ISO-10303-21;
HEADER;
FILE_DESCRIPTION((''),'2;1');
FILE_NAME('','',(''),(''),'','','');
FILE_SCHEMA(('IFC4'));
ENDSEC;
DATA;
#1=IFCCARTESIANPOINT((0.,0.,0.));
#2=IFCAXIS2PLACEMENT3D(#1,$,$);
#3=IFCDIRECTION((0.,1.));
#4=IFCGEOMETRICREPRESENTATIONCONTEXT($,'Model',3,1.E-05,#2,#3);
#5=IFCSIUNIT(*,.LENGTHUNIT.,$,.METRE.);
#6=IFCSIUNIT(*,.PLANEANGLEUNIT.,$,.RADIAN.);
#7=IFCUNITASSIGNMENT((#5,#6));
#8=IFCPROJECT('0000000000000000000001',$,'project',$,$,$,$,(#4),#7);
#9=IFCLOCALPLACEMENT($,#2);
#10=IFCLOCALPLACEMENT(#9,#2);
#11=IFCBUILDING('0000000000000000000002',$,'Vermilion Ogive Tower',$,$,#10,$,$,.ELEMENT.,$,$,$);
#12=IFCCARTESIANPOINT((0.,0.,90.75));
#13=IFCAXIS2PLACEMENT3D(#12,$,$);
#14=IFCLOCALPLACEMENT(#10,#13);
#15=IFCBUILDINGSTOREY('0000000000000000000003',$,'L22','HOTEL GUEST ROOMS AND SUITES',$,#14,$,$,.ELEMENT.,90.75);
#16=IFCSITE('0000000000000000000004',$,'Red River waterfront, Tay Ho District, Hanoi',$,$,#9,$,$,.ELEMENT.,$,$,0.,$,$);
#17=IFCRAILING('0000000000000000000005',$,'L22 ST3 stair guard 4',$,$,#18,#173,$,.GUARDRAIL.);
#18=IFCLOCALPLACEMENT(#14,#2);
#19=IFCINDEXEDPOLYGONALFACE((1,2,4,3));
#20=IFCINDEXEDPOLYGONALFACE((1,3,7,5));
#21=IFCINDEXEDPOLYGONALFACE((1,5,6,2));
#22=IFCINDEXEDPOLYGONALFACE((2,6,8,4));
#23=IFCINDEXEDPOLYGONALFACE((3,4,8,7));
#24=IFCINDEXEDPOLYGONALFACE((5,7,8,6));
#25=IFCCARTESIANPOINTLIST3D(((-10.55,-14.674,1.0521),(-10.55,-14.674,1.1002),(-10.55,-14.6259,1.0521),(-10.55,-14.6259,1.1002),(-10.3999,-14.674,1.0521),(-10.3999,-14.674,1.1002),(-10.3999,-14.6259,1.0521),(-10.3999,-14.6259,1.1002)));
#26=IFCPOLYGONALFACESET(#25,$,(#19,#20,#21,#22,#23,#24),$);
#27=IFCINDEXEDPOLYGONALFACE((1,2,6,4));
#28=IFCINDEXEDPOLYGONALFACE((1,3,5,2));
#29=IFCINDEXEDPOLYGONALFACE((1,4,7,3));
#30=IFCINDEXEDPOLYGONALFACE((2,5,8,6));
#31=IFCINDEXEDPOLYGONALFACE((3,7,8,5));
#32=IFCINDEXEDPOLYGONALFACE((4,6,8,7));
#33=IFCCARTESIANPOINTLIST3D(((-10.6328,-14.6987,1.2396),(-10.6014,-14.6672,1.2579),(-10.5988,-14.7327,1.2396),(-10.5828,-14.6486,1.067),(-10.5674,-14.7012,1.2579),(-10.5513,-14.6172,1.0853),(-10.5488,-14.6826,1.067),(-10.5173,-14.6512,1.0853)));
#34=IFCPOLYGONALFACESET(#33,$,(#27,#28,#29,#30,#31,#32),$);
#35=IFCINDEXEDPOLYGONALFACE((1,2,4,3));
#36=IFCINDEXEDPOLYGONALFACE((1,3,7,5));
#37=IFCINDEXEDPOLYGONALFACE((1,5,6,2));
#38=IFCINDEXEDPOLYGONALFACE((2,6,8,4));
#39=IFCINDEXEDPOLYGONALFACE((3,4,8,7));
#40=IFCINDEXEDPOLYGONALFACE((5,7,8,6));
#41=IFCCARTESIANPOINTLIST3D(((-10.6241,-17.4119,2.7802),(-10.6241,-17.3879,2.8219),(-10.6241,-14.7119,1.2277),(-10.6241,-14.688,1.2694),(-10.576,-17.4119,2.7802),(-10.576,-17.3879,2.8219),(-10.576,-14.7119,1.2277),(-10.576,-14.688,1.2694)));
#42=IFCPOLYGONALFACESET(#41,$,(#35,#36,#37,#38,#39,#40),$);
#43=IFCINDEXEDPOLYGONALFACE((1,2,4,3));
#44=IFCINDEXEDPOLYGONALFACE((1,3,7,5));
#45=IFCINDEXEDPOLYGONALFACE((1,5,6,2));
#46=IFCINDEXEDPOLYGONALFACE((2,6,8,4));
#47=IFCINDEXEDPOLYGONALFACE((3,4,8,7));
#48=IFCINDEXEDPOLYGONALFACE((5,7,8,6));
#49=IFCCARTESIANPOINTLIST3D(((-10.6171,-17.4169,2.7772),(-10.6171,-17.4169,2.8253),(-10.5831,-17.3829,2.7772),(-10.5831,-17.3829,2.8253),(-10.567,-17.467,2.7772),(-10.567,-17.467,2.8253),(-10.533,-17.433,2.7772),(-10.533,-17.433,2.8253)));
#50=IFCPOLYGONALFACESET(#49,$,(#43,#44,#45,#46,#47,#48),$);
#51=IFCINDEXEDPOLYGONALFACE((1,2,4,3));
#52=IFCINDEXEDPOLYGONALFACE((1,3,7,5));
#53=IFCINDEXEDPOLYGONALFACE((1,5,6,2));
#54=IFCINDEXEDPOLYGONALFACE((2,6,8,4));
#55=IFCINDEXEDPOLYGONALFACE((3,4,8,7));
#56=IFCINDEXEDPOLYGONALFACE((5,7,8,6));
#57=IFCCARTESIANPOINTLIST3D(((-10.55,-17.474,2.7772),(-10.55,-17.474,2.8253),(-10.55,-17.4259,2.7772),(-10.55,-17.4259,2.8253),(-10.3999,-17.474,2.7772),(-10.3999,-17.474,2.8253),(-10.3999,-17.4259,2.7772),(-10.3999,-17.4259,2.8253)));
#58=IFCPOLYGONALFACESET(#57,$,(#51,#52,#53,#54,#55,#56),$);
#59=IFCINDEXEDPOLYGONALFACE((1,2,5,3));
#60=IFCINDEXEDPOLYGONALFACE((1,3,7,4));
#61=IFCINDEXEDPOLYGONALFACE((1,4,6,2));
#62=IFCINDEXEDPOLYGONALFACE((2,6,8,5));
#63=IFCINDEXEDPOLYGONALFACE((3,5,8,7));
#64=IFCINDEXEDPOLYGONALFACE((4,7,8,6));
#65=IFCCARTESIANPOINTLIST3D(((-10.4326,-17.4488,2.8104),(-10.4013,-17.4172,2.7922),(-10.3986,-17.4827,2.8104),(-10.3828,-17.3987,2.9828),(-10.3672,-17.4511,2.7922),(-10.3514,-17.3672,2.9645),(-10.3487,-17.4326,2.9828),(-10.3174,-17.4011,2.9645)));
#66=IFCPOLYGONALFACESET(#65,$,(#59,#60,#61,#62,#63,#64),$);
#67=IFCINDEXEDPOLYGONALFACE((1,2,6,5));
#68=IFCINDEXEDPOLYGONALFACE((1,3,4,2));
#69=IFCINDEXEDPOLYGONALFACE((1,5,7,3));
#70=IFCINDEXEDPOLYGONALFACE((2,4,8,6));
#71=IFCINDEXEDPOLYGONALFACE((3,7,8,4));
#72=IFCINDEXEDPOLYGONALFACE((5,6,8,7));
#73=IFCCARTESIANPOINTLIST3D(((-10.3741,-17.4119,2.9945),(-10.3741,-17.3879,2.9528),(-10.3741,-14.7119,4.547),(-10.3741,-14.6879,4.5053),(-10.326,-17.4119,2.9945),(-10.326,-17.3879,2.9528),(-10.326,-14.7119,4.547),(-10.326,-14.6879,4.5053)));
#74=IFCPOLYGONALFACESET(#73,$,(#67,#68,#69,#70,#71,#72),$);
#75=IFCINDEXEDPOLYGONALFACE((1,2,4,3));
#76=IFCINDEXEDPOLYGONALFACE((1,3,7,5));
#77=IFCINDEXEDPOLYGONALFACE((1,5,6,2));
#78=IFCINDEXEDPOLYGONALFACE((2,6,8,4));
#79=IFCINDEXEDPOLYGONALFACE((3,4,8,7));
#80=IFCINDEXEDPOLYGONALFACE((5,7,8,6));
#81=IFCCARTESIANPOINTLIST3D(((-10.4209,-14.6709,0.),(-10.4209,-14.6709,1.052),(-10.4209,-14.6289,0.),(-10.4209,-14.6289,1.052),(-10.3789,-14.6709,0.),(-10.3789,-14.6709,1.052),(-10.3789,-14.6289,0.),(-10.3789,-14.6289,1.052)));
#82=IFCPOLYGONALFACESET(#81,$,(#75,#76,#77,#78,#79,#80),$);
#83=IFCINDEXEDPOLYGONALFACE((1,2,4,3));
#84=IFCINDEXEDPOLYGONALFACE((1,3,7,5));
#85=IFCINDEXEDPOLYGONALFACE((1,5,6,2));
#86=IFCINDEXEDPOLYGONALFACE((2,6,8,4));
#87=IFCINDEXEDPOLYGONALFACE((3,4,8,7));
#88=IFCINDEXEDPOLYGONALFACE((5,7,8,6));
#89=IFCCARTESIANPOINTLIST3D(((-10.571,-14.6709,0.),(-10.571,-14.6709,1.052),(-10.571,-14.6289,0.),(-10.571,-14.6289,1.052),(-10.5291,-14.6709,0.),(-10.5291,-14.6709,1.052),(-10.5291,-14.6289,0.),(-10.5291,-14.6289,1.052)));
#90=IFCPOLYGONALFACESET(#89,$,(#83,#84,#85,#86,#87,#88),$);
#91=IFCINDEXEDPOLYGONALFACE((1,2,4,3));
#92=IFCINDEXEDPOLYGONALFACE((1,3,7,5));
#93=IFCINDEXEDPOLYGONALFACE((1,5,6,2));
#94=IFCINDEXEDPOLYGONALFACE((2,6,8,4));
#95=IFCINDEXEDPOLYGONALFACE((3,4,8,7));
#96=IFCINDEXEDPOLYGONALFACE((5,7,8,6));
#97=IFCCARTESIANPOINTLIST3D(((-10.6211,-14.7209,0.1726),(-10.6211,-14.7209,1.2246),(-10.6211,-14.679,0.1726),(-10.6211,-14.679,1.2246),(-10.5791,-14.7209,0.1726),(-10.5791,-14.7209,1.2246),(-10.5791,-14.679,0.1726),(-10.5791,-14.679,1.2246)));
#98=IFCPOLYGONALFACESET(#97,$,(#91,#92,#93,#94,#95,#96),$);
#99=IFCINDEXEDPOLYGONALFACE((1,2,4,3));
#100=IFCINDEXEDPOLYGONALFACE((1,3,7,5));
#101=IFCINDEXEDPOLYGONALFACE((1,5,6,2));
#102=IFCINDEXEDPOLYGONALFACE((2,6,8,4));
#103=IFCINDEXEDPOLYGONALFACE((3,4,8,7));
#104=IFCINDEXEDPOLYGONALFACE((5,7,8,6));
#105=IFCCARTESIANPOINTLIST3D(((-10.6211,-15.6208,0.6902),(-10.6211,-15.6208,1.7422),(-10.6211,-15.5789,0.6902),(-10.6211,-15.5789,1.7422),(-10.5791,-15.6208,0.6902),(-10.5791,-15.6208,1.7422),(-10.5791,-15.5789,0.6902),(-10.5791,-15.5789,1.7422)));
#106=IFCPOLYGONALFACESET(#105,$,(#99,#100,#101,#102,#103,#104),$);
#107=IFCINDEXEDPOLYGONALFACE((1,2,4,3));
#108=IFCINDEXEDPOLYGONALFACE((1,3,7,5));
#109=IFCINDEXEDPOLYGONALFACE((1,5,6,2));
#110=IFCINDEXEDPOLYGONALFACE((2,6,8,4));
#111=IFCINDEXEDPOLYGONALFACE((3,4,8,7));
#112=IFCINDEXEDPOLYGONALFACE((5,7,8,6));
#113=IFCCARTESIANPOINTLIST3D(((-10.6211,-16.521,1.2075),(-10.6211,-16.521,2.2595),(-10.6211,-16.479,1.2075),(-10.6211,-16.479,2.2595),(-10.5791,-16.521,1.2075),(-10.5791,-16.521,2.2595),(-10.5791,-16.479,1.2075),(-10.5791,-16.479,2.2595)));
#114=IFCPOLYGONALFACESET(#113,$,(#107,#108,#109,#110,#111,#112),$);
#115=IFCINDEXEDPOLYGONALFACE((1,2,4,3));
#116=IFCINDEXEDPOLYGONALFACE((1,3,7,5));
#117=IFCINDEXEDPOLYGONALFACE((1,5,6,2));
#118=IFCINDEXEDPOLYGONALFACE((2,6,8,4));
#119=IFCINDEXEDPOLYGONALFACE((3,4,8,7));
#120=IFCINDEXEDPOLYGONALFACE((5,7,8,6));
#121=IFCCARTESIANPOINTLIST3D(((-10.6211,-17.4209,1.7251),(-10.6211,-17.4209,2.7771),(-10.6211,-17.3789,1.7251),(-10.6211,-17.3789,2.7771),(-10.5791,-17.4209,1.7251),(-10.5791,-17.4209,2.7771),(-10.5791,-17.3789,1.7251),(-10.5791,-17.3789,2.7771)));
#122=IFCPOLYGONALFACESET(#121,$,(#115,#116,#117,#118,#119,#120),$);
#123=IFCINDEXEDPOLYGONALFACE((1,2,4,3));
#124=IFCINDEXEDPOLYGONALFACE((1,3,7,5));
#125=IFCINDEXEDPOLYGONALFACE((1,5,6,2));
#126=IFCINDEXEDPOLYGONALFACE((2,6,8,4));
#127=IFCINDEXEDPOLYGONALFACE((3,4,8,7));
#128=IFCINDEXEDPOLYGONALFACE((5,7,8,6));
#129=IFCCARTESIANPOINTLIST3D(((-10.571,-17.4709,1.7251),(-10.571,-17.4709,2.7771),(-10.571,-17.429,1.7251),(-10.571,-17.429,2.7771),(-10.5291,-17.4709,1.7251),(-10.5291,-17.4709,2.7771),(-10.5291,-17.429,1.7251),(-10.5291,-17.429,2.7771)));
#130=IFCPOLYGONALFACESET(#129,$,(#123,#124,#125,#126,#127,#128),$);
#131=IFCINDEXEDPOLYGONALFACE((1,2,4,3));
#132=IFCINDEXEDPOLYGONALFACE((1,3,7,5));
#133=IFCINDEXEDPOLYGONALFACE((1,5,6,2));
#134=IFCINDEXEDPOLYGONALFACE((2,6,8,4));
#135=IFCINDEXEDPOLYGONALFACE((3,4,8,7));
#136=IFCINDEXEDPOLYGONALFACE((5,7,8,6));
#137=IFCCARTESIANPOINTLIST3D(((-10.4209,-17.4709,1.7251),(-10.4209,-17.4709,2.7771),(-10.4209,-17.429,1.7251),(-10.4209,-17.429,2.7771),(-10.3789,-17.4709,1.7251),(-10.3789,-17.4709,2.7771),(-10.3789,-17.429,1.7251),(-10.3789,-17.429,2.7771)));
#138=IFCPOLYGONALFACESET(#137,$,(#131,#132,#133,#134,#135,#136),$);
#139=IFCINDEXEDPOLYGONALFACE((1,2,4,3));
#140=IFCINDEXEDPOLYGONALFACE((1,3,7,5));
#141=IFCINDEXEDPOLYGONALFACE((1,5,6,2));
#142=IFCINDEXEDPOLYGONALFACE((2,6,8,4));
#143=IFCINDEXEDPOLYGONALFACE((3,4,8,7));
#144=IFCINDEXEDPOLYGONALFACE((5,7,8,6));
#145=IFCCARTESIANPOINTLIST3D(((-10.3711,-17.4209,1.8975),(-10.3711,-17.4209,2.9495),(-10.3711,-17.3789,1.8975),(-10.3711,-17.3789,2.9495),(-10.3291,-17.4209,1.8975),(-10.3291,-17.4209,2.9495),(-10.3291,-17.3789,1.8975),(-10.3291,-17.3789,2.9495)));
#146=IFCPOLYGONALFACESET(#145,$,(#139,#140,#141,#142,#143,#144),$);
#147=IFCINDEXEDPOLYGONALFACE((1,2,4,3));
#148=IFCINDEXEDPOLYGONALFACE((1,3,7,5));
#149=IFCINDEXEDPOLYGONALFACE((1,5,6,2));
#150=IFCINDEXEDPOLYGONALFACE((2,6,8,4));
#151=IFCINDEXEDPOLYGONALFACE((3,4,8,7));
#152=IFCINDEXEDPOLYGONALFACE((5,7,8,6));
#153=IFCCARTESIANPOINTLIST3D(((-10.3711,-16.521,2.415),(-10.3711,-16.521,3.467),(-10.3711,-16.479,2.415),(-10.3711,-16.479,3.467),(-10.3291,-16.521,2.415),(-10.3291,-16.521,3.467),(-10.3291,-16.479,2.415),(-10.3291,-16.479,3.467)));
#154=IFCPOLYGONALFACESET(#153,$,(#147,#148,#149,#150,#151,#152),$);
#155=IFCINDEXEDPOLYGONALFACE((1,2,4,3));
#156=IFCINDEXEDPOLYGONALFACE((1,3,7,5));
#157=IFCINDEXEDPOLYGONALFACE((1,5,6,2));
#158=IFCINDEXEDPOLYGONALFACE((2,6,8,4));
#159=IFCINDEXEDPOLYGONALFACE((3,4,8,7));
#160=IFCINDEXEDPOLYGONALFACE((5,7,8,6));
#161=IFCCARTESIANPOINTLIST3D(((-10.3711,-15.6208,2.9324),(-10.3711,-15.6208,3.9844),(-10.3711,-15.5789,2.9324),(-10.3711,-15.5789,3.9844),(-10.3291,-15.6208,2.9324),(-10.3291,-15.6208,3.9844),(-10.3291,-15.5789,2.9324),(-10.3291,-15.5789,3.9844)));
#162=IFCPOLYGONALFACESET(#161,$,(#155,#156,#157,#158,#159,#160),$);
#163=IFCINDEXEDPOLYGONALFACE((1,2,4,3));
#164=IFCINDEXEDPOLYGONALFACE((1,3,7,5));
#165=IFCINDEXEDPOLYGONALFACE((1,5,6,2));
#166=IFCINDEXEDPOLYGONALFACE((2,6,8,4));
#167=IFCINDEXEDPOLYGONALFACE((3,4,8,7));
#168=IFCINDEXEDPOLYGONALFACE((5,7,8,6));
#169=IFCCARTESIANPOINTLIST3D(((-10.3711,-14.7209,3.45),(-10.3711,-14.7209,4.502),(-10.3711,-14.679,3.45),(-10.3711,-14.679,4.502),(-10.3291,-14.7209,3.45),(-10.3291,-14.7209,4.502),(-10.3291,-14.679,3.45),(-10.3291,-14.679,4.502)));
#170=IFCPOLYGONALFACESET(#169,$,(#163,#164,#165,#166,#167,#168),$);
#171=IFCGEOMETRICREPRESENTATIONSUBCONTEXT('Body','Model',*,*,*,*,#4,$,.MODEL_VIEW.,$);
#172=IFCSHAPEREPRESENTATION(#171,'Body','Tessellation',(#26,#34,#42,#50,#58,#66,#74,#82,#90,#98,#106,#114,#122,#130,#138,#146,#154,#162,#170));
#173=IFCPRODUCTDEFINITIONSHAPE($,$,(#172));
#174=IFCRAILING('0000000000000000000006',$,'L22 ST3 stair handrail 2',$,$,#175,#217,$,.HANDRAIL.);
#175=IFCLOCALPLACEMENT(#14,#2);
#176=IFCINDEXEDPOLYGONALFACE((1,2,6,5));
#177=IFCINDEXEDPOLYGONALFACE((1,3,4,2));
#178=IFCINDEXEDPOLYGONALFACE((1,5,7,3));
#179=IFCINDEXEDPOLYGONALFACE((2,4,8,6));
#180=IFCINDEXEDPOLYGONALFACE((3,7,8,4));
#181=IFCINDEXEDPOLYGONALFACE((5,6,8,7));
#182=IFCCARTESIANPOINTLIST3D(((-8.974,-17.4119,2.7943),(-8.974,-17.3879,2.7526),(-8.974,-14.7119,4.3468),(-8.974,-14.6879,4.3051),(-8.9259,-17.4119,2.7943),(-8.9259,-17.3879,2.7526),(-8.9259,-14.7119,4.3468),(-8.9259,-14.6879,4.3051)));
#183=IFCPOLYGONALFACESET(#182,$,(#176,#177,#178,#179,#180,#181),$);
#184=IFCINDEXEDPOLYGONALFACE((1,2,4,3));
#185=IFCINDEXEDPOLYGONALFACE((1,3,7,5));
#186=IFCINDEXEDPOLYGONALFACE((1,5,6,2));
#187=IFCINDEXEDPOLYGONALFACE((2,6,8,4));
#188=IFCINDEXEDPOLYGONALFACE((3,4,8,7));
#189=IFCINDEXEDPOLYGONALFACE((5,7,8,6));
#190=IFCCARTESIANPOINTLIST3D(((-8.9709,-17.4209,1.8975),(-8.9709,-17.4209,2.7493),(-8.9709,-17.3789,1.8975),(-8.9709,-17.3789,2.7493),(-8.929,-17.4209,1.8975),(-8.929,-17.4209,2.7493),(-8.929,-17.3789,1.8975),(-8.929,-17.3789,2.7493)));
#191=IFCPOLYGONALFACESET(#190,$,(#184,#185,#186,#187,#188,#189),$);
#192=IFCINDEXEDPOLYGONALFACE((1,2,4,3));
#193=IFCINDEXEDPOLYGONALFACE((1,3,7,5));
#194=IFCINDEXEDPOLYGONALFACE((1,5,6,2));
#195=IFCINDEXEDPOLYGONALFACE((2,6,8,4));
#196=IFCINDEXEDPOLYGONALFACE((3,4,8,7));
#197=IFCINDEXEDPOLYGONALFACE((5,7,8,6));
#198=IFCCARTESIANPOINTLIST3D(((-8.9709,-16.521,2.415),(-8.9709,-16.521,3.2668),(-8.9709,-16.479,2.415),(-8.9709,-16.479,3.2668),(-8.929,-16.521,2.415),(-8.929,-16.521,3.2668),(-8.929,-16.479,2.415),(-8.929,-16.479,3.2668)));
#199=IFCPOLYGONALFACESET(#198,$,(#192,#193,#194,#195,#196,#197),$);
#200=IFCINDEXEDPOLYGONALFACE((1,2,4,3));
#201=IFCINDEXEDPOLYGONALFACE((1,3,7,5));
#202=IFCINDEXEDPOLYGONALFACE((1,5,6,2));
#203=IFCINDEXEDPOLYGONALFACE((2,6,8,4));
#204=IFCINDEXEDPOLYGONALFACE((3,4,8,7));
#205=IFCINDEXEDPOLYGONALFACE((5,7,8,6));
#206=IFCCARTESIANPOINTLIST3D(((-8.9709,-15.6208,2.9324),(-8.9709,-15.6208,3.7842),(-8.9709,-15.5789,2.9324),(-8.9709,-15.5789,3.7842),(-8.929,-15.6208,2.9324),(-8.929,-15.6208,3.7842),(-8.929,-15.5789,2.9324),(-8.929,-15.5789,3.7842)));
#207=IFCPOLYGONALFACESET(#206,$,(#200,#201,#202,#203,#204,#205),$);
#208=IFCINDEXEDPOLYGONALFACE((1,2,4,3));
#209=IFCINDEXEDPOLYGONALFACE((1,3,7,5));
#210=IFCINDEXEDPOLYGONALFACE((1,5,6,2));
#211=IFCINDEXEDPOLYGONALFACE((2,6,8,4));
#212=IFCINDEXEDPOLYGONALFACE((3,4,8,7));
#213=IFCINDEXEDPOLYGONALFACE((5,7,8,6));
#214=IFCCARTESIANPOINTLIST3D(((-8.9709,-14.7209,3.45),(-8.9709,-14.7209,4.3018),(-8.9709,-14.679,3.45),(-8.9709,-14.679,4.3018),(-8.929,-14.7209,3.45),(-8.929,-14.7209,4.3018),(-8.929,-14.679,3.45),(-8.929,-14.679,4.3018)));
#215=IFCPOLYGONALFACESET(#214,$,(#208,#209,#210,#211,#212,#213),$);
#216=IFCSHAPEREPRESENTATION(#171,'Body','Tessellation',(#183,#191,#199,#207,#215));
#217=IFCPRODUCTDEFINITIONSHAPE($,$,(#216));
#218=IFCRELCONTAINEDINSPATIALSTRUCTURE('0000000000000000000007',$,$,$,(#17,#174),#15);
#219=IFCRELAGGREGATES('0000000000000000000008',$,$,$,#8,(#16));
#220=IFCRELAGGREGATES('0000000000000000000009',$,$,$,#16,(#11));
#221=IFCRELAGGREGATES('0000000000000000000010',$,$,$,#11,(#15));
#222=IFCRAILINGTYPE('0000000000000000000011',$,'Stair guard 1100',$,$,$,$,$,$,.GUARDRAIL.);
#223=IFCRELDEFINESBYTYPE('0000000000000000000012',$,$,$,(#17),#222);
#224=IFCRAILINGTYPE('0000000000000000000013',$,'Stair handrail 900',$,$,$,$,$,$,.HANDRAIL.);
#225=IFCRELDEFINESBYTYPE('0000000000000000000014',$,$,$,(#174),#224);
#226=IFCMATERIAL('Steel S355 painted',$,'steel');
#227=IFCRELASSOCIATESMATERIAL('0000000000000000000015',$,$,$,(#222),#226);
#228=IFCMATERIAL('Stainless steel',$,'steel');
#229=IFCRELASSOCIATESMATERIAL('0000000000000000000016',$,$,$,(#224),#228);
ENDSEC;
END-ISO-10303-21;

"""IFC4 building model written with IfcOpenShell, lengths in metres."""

from ifc_helpers import new_model, si_unit, direction, frame, origin, origin_2d, place, context, subcontext, project, spatial, rectangle, extrude, material, type_object, element, save


model = new_model("IFC4")

# Units and contexts
model_context = context("Model", 3, precision=1e-05, world=origin(), true_north=direction((0.0, 1.0)))
body_context = subcontext(model_context, "Body", "Model", "MODEL_VIEW")
ifc_project = project(units=[si_unit("LENGTHUNIT", "METRE"), si_unit("PLANEANGLEUNIT", "RADIAN")], contexts=[model_context])

# Site, building, storey
site_placement = place(None, origin())
site = spatial("IfcSite", under=ifc_project, at=site_placement, Name="Red River waterfront, Tay Ho District, Hanoi", CompositionType="ELEMENT", RefElevation=0.0)
building_placement = place(site_placement, origin())
building = spatial("IfcBuilding", under=site, at=building_placement, Name="Vermilion Ogive Tower", CompositionType="ELEMENT")
storey_placement = place(building_placement, frame((0.0, 0.0, 90.75)))
storey = spatial("IfcBuildingStorey", under=building, at=storey_placement, Name="L22", Description="HOTEL GUEST ROOMS AND SUITES", CompositionType="ELEMENT", Elevation=90.75)

# Railings
ifc_material_1 = material(Name="Steel S355 painted", Category="steel")
railing_type_1 = type_object("IfcRailingType", Name="Stair guard 1100", PredefinedType="GUARDRAIL", material=ifc_material_1)
railing_1_placement = place(storey_placement, frame((-10.3999, -14.6499, 0.0)))
element("IfcRailing", 1, at=railing_1_placement, inside=storey, type_object=railing_type_1, Name="L22 ST3 stair guard 4", PredefinedType="GUARDRAIL", context=body_context, shape_type="SweptSolid", body=[
    extrude(rectangle(XDim=0.0481, YDim=0.0481, at=origin_2d()), frame((0.0, 0.0, 1.0762), z_axis=(-1.0, 0.0, 0.0), x_axis=(0.0, -1.0, 0.0)), (0.0, 0.0, 1.0), 0.1501),
    extrude(rectangle(XDim=0.0481, YDim=0.0481, at=origin_2d()), frame((-0.1501, 0.0, 1.0762), z_axis=(-0.268278, -0.268278, 0.925232), x_axis=(0.707107, -0.707107, 0.0)), (0.0, 0.0, 1.0), 0.1865),
    extrude(rectangle(XDim=0.0481, YDim=0.0481, at=origin_2d()), frame((-0.2002, -0.05, 1.2485), z_axis=(0.0, -0.866904, 0.498476), x_axis=(1.0, 0.0, 0.0)), (0.0, 0.0, 1.0), 3.1145),
    extrude(rectangle(XDim=0.0481, YDim=0.0481, at=origin_2d()), frame((-0.2002, -2.75, 2.8013), z_axis=(0.707107, -0.707107, 0.0), x_axis=(0.707107, 0.707107, 0.0)), (0.0, 0.0, 1.0), 0.0708),
    extrude(rectangle(XDim=0.0481, YDim=0.0481, at=origin_2d()), frame((-0.1501, -2.8, 2.8013), z_axis=(1.0, 0.0, 0.0), x_axis=(0.0, 1.0, 0.0)), (0.0, 0.0, 1.0), 0.1501),
    extrude(rectangle(XDim=0.0481, YDim=0.0481, at=origin_2d()), frame((0.0, -2.8, 2.8013), z_axis=(0.267387, 0.268698, 0.925368), x_axis=(-0.708834, 0.705376, 0.0)), (0.0, 0.0, 1.0), 0.1863),
    extrude(rectangle(XDim=0.0481, YDim=0.0481, at=origin_2d()), frame((0.0498, -2.75, 2.9736), z_axis=(0.0, 0.866904, 0.498476), x_axis=(-1.0, 0.0, 0.0)), (0.0, 0.0, 1.0), 3.1145),
    extrude(rectangle(XDim=0.042, YDim=0.042, at=origin_2d()), origin(), (0.0, 0.0, 1.0), 1.052),
    extrude(rectangle(XDim=0.042, YDim=0.042, at=origin_2d()), frame((-0.1501, 0.0, 0.0)), (0.0, 0.0, 1.0), 1.052),
    extrude(rectangle(XDim=0.042, YDim=0.042, at=origin_2d()), frame((-0.2002, -0.05, 0.1726)), (0.0, 0.0, 1.0), 1.052),
    extrude(rectangle(XDim=0.042, YDim=0.042, at=origin_2d()), frame((-0.2002, -0.95, 0.6902)), (0.0, 0.0, 1.0), 1.052),
    extrude(rectangle(XDim=0.042, YDim=0.042, at=origin_2d()), frame((-0.2002, -1.8501, 1.2075)), (0.0, 0.0, 1.0), 1.052),
    extrude(rectangle(XDim=0.042, YDim=0.042, at=origin_2d()), frame((-0.2002, -2.75, 1.7251)), (0.0, 0.0, 1.0), 1.052),
    extrude(rectangle(XDim=0.042, YDim=0.042, at=origin_2d()), frame((-0.1501, -2.8, 1.7251)), (0.0, 0.0, 1.0), 1.052),
    extrude(rectangle(XDim=0.042, YDim=0.042, at=origin_2d()), frame((0.0, -2.8, 1.7251)), (0.0, 0.0, 1.0), 1.052),
    extrude(rectangle(XDim=0.042, YDim=0.042, at=origin_2d()), frame((0.0498, -2.75, 1.8975)), (0.0, 0.0, 1.0), 1.052),
    extrude(rectangle(XDim=0.042, YDim=0.042, at=origin_2d()), frame((0.0498, -1.8501, 2.415)), (0.0, 0.0, 1.0), 1.052),
    extrude(rectangle(XDim=0.042, YDim=0.042, at=origin_2d()), frame((0.0498, -0.95, 2.9324)), (0.0, 0.0, 1.0), 1.052),
    extrude(rectangle(XDim=0.042, YDim=0.042, at=origin_2d()), frame((0.0498, -0.05, 3.45)), (0.0, 0.0, 1.0), 1.052),
])
ifc_material_2 = material(Name="Stainless steel", Category="steel")
railing_type_2 = type_object("IfcRailingType", Name="Stair handrail 900", PredefinedType="HANDRAIL", material=ifc_material_2)
railing_2_placement = place(storey_placement, frame((-8.95, -17.3999, 1.8975)))
element("IfcRailing", 2, at=railing_2_placement, inside=storey, type_object=railing_type_2, Name="L22 ST3 stair handrail 2", PredefinedType="HANDRAIL", context=body_context, shape_type="SweptSolid", body=[
    extrude(rectangle(XDim=0.0481, YDim=0.0481, at=origin_2d()), frame((0.0, 0.0, 0.876), z_axis=(0.0, 0.866904, 0.498476), x_axis=(-1.0, 0.0, 0.0)), (0.0, 0.0, 1.0), 3.1145),
    extrude(rectangle(XDim=0.042, YDim=0.042, at=origin_2d()), origin(), (0.0, 0.0, 1.0), 0.8518),
    extrude(rectangle(XDim=0.042, YDim=0.042, at=origin_2d()), frame((0.0, 0.8999, 0.5176)), (0.0, 0.0, 1.0), 0.8518),
    extrude(rectangle(XDim=0.042, YDim=0.042, at=origin_2d()), frame((0.0, 1.8, 1.0349)), (0.0, 0.0, 1.0), 0.8518),
    extrude(rectangle(XDim=0.042, YDim=0.042, at=origin_2d()), frame((0.0, 2.7, 1.5525)), (0.0, 0.0, 1.0), 0.8518),
])

save(model, "model.ifc")
